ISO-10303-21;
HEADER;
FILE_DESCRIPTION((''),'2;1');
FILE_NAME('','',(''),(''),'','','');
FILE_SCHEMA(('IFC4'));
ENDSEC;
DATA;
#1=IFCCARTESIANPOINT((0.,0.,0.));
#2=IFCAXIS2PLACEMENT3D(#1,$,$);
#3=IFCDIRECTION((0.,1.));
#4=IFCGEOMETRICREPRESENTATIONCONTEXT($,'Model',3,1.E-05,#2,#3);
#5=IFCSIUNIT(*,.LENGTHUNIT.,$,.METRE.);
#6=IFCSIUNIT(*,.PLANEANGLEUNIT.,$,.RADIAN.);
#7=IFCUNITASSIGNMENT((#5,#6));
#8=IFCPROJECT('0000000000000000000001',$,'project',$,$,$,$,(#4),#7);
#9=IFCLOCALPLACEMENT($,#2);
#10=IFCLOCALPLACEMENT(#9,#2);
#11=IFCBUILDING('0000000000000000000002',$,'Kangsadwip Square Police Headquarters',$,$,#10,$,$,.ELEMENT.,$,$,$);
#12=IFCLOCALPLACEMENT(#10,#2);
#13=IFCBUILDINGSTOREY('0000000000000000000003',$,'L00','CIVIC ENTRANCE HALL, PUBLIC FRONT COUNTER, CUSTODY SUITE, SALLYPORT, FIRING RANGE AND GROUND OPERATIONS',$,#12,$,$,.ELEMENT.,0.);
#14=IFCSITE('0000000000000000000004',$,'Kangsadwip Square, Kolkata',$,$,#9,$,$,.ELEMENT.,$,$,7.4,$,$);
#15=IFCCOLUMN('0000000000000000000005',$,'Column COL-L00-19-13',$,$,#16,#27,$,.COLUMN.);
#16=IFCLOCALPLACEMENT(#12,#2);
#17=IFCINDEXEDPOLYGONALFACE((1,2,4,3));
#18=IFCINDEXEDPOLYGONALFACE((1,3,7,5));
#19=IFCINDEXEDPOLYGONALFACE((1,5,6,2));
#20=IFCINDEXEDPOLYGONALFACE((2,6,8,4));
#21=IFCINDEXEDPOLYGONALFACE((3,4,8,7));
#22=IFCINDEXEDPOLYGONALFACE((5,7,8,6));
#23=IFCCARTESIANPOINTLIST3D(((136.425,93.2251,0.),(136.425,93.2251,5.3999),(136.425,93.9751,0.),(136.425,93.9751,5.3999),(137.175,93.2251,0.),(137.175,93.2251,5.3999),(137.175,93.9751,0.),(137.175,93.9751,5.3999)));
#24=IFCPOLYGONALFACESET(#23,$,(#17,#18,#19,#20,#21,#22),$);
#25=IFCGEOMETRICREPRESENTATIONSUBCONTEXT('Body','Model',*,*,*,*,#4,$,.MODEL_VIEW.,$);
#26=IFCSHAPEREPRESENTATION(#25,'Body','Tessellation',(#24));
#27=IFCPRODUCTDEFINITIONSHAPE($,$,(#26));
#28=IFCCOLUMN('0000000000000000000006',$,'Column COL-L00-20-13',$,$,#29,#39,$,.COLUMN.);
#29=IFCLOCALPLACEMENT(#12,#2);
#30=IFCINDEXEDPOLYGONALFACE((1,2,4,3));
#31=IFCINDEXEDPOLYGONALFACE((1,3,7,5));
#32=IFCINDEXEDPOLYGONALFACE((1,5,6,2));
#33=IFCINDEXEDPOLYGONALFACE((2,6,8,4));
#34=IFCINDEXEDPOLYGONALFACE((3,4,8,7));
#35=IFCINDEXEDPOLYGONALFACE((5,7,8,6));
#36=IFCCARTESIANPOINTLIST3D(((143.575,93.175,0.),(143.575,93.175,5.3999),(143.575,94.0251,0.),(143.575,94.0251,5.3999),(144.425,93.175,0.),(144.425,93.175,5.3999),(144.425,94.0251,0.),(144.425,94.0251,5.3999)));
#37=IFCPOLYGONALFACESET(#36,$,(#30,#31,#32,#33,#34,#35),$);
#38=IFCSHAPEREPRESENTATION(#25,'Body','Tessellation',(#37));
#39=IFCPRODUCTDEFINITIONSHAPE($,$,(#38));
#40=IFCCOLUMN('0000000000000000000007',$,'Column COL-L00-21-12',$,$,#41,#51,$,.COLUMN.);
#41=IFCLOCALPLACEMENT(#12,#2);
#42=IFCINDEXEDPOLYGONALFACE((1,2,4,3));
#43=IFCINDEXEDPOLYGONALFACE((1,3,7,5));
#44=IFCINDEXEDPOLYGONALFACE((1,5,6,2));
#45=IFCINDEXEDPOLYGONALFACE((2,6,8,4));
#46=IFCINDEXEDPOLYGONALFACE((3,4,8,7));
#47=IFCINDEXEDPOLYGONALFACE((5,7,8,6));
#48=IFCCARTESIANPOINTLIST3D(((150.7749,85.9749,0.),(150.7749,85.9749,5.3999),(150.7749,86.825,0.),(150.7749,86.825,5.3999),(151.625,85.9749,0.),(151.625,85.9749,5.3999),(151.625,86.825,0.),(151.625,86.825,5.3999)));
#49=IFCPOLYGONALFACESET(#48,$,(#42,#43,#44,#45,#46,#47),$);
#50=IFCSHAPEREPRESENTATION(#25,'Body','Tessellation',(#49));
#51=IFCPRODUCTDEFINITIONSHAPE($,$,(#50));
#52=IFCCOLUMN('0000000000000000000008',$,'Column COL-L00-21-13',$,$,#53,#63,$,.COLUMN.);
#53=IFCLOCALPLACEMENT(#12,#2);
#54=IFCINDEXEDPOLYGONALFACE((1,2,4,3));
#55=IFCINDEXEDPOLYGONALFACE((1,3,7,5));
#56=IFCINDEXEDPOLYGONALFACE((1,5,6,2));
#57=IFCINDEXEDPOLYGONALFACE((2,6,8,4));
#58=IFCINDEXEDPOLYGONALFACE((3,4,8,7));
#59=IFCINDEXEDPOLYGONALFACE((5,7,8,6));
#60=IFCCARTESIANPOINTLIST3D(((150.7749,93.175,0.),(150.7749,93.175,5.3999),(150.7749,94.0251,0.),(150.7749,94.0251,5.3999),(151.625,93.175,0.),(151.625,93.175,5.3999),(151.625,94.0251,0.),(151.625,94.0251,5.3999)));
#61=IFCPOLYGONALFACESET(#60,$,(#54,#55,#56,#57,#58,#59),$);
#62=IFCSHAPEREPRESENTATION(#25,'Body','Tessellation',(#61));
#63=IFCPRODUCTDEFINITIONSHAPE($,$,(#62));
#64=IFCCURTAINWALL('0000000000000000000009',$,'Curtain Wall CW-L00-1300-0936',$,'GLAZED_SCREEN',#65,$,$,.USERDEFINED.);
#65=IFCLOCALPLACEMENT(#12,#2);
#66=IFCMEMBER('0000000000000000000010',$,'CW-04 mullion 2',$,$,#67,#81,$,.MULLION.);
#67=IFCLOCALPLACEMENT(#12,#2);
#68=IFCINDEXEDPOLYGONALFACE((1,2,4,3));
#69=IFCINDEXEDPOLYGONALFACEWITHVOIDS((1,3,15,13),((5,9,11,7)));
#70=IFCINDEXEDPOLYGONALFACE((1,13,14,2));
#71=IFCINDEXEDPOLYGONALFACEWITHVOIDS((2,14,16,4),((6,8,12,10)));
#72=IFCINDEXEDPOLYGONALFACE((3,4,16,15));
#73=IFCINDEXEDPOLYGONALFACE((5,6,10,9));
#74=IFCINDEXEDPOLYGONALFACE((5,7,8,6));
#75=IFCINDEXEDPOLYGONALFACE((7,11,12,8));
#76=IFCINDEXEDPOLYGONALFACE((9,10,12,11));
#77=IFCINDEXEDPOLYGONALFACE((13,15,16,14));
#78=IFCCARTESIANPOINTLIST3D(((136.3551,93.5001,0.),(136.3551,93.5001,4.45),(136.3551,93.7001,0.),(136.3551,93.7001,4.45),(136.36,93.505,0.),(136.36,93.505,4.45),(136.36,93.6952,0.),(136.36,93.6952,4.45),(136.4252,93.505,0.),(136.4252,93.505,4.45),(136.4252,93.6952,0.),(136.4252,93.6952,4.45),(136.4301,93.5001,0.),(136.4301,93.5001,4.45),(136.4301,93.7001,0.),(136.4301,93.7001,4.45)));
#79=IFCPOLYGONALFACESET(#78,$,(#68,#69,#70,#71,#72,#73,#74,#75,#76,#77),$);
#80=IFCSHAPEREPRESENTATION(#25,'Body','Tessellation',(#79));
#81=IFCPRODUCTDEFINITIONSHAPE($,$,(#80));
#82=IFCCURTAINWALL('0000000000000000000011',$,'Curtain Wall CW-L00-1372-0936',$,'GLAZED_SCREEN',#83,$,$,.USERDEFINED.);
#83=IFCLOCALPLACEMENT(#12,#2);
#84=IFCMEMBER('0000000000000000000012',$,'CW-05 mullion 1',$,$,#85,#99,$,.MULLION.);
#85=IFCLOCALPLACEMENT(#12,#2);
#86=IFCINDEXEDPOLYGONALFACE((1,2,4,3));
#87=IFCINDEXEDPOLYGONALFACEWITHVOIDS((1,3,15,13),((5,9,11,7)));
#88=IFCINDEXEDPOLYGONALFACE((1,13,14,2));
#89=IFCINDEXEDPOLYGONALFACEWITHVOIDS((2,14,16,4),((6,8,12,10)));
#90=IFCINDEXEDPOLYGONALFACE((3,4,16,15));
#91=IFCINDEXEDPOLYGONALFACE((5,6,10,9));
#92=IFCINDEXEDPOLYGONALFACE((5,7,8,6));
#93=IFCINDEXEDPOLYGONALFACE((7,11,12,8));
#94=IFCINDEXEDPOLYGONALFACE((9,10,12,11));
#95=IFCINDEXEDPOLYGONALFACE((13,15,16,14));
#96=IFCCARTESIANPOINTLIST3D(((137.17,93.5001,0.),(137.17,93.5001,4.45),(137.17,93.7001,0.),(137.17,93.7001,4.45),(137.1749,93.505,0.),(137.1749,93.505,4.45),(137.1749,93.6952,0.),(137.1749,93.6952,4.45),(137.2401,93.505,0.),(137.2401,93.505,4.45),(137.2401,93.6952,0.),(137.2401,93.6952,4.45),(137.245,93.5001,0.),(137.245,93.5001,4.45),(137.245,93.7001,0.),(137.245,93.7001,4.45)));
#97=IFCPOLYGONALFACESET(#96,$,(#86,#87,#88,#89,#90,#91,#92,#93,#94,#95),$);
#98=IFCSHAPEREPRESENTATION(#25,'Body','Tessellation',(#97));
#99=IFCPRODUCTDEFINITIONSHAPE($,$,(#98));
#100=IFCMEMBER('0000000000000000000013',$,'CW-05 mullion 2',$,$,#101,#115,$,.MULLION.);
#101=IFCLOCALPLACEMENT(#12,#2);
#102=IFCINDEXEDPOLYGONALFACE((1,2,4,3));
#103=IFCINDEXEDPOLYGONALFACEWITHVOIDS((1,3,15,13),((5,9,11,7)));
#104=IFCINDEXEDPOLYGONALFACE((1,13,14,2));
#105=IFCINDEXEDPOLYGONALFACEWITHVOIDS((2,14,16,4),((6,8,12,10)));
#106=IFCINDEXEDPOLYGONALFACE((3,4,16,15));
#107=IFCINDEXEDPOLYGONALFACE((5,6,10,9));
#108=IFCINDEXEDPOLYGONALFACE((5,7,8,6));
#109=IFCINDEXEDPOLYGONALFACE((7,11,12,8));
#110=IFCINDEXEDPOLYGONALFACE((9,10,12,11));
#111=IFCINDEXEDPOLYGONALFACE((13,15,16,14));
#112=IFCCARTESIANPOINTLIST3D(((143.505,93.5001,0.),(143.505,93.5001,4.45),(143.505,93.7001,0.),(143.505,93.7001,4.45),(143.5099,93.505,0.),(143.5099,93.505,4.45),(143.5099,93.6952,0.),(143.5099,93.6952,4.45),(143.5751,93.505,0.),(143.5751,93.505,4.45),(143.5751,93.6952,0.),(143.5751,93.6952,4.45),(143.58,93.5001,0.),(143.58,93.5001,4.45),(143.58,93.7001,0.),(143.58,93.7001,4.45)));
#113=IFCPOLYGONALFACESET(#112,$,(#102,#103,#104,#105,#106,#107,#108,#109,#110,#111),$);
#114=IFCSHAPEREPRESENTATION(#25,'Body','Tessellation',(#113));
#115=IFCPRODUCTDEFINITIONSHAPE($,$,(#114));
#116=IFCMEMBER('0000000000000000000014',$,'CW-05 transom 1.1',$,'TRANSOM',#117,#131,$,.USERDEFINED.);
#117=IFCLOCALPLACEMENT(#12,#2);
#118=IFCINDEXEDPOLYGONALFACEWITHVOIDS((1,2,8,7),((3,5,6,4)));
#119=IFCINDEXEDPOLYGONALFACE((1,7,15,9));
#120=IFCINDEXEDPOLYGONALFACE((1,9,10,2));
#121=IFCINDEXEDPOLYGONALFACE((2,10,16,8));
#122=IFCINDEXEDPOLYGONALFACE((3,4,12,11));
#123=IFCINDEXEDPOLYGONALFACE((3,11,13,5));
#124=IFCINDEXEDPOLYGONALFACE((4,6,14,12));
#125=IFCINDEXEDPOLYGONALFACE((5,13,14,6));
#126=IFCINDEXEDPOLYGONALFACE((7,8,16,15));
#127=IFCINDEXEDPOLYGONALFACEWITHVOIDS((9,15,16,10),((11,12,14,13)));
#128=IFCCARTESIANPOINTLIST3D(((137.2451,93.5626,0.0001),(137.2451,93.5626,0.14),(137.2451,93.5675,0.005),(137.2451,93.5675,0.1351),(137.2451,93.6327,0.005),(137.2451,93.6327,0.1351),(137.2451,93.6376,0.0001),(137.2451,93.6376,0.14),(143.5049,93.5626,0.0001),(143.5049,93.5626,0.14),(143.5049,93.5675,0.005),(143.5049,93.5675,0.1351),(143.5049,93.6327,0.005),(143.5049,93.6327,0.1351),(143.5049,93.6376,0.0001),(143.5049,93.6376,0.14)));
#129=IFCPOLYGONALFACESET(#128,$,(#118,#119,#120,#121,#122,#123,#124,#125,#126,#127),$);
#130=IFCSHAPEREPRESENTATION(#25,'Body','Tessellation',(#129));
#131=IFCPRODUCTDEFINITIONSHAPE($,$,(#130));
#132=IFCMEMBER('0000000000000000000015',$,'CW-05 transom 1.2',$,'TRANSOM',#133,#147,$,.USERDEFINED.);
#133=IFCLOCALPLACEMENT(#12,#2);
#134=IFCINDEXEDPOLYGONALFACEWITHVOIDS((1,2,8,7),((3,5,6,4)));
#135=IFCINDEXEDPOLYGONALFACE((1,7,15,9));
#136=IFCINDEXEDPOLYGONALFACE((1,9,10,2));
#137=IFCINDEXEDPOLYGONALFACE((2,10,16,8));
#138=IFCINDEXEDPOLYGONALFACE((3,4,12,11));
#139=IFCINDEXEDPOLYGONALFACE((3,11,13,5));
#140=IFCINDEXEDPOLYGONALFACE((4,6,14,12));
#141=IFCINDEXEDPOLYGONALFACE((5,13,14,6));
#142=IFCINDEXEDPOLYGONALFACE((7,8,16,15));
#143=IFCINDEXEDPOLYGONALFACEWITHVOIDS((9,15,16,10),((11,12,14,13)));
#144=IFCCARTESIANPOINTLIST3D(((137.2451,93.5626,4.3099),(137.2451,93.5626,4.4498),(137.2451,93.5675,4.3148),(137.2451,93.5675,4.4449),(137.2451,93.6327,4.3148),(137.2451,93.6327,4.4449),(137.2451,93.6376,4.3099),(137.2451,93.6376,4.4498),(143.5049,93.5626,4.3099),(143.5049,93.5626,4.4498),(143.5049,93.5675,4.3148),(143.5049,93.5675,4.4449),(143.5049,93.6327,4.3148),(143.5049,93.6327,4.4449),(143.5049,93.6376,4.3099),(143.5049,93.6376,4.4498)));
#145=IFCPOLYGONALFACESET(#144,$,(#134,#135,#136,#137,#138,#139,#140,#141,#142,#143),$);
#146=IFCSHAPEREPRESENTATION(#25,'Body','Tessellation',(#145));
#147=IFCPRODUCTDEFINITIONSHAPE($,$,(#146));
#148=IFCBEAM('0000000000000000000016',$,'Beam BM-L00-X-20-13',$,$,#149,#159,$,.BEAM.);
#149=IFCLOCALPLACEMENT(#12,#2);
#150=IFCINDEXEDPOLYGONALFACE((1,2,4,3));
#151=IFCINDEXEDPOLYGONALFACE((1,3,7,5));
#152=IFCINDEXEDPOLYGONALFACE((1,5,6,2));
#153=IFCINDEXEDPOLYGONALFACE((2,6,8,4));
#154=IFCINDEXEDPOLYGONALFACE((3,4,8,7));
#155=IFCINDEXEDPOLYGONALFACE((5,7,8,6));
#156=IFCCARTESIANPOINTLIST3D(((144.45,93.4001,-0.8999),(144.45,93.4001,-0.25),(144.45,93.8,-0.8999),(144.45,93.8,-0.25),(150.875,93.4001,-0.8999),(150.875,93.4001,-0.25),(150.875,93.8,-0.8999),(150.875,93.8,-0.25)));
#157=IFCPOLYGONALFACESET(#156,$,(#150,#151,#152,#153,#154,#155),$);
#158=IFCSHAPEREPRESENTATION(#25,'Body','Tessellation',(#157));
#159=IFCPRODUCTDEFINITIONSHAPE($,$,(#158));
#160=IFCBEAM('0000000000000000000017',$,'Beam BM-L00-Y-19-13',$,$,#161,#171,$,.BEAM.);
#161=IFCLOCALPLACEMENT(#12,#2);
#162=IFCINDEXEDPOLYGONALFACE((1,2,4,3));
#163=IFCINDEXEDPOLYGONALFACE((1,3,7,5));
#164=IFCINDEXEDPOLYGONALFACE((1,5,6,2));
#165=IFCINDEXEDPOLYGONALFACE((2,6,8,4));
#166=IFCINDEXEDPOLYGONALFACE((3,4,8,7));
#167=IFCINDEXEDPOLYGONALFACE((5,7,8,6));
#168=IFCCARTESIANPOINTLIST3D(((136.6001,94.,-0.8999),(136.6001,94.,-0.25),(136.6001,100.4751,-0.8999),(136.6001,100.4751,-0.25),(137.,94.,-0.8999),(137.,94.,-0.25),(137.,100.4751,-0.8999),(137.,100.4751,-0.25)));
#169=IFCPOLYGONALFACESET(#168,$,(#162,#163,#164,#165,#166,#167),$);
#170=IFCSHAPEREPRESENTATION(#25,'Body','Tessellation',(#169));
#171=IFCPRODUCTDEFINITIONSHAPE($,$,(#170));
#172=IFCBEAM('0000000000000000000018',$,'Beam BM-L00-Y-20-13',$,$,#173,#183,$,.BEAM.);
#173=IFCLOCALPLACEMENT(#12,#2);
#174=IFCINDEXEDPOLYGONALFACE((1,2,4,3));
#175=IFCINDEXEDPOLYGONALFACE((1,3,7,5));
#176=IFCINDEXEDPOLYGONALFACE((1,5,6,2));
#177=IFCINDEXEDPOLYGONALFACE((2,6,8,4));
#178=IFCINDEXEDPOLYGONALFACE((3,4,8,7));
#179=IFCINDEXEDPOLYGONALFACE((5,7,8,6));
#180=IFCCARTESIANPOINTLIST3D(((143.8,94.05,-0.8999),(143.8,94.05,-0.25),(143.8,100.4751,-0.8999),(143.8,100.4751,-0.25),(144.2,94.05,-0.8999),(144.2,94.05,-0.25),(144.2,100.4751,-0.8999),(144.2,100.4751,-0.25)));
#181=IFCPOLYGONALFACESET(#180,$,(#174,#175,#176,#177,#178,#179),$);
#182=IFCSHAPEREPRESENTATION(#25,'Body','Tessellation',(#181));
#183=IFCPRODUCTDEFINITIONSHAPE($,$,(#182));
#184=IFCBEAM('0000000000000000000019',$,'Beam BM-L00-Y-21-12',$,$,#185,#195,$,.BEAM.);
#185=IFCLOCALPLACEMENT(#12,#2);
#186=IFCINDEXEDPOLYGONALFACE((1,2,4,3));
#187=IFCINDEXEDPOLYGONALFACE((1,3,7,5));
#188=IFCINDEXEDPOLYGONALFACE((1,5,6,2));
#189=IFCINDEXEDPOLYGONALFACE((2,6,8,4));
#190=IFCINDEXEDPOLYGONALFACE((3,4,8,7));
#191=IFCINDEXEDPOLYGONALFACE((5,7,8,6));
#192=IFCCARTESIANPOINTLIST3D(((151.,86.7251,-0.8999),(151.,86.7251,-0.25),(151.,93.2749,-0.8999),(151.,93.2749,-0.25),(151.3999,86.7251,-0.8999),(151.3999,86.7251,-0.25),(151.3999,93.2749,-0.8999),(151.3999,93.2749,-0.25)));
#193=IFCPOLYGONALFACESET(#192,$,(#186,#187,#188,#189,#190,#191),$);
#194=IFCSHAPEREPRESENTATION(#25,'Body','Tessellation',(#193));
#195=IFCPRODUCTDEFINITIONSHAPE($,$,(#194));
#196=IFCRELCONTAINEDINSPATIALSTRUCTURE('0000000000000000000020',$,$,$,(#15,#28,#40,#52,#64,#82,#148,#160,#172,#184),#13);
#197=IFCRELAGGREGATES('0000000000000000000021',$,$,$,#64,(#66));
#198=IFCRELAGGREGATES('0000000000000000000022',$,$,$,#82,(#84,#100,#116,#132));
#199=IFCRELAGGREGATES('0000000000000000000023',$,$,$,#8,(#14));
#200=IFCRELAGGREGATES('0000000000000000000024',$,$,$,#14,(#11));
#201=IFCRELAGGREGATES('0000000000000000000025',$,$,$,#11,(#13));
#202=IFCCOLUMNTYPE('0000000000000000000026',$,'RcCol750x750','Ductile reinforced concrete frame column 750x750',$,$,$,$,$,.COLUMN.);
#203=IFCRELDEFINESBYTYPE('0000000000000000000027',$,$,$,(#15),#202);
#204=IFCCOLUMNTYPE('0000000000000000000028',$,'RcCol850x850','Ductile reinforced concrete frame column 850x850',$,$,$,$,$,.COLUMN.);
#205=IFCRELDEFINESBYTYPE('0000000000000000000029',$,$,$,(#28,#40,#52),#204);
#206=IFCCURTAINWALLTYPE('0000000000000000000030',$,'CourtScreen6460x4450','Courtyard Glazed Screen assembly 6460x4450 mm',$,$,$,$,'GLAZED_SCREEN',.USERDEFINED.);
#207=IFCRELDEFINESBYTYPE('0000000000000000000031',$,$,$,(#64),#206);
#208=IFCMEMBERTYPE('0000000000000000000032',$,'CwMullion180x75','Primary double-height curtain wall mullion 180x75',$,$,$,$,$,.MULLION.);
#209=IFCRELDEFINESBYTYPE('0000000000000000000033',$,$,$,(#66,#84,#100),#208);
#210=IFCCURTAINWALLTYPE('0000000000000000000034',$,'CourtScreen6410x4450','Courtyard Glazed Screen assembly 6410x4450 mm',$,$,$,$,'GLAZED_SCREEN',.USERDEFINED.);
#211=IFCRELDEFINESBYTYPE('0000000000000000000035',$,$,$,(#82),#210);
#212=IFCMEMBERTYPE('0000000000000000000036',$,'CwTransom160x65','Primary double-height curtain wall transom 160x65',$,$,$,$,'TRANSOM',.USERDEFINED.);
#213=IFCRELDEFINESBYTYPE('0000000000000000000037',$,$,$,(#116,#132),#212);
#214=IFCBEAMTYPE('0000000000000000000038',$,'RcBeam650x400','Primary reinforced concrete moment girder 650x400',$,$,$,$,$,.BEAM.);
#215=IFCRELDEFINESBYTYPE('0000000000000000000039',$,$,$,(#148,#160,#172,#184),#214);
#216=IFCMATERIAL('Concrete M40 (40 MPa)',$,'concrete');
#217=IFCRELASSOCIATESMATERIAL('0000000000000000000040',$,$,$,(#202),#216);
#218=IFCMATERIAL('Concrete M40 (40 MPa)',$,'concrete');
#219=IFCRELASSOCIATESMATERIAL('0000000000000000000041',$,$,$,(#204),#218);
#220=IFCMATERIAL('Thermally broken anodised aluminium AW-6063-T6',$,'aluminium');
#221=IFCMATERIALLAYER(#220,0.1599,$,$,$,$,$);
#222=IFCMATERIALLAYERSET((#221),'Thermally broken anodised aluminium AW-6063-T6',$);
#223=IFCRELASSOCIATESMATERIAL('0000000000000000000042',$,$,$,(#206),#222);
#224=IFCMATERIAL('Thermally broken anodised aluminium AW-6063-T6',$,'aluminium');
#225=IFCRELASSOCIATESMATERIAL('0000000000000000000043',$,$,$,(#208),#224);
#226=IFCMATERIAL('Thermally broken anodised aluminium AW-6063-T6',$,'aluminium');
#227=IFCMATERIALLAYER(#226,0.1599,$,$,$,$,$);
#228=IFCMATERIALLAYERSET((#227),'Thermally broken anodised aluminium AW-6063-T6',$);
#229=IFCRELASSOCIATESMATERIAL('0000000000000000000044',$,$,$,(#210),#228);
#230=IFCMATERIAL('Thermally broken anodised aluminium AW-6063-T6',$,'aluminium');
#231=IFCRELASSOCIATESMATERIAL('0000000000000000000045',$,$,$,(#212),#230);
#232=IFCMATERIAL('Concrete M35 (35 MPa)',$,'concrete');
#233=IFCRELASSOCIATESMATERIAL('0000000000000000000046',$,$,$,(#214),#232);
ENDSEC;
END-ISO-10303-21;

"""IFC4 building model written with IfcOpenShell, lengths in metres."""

from ifc_helpers import new_model, si_unit, direction, frame, origin, origin_2d, place, context, subcontext, project, spatial, rectangle, hollow_rectangle, extrude, material, layer, layer_set, material_profile, profile_set, type_object, element, aggregate, save


model = new_model("IFC4")

# Units and contexts
model_context = context("Model", 3, precision=1e-05, world=origin(), true_north=direction((0.0, 1.0)))
body_context = subcontext(model_context, "Body", "Model", "MODEL_VIEW")
ifc_project = project(units=[si_unit("LENGTHUNIT", "METRE"), si_unit("PLANEANGLEUNIT", "RADIAN")], contexts=[model_context])

# Site, building, storey
site_placement = place(None, origin())
site = spatial("IfcSite", under=ifc_project, at=site_placement, Name="Kangsadwip Square, Kolkata", CompositionType="ELEMENT", RefElevation=7.4)
building_placement = place(site_placement, origin())
building = spatial("IfcBuilding", under=site, at=building_placement, Name="Kangsadwip Square Police Headquarters", CompositionType="ELEMENT")
storey_placement = place(building_placement, origin())
storey = spatial("IfcBuildingStorey", under=building, at=storey_placement, Name="L00", Description="CIVIC ENTRANCE HALL, PUBLIC FRONT COUNTER, CUSTODY SUITE, SALLYPORT, FIRING RANGE AND GROUND OPERATIONS", CompositionType="ELEMENT", Elevation=0.0)

# Columns
ifc_material_1 = material(Name="Concrete M40 (40 MPa)", Category="concrete")
ifc_material_profile_1 = material_profile(ifc_material_1, rectangle(XDim=0.75, YDim=0.75, at=origin_2d()), Name="RC COL 750X750")
ifc_profile_set_1 = profile_set([ifc_material_profile_1], Name="Concrete M40 (40 MPa)")
column_type_1 = type_object("IfcColumnType", Name="RcCol750x750", Description="Ductile reinforced concrete frame column 750x750", PredefinedType="COLUMN", material=ifc_profile_set_1)
column_placement = place(storey_placement, frame((136.8, 93.6001, 0.0), z_axis=(0.0, 0.0, 1.0), x_axis=(1.0, 0.0, 0.0)))
element("IfcColumn", 1, at=column_placement, inside=storey, type_object=column_type_1, Name="Column COL-L00-19-13", PredefinedType="COLUMN", context=body_context, shape_type="SweptSolid", body=[
    extrude(rectangle(XDim=0.75, YDim=0.75, at=origin_2d()), origin(), (0.0, 0.0, 1.0), 5.3999),
])
ifc_material_2 = material(Name="Concrete M40 (40 MPa)", Category="concrete")
ifc_material_profile_2 = material_profile(ifc_material_2, rectangle(XDim=0.8501, YDim=0.8501, at=origin_2d()), Name="RC COL 850X850")
ifc_profile_set_2 = profile_set([ifc_material_profile_2], Name="Concrete M40 (40 MPa)")
column_type_2 = type_object("IfcColumnType", Name="RcCol850x850", Description="Ductile reinforced concrete frame column 850x850", PredefinedType="COLUMN", material=ifc_profile_set_2)
for number, where, z_axis, x_axis, name in (
    (2, (144.0, 93.6001, 0.0), (0.0, 0.0, 1.0), (1.0, 0.0, 0.0), "Column COL-L00-20-13"),
    (3, (151.2, 86.3999, 0.0), (0.0, 0.0, 1.0), (1.0, 0.0, 0.0), "Column COL-L00-21-12"),
    (4, (151.2, 93.6001, 0.0), (0.0, 0.0, 1.0), (1.0, 0.0, 0.0), "Column COL-L00-21-13"),
):
    element("IfcColumn", number, at=place(storey_placement, frame(where, z_axis=z_axis, x_axis=x_axis)), inside=storey, type_object=column_type_2, Name=name, PredefinedType="COLUMN", context=body_context, shape_type="SweptSolid", body=[
        extrude(rectangle(XDim=0.8501, YDim=0.8501, at=origin_2d()), origin(), (0.0, 0.0, 1.0), 5.3999),
    ])

# Curtain wall, member
ifc_material_3 = material(Name="Thermally broken anodised aluminium AW-6063-T6", Category="aluminium")
ifc_layer_1 = layer(ifc_material_3, 0.1599)
ifc_layer_set_1 = layer_set([ifc_layer_1], Name="Thermally broken anodised aluminium AW-6063-T6")
curtain_wall_type_1 = type_object("IfcCurtainWallType", Name="CourtScreen6460x4450", Description="Courtyard Glazed Screen assembly 6460x4450 mm", ElementType="GLAZED_SCREEN", PredefinedType="USERDEFINED", material=ifc_layer_set_1)
curtain_wall_1_placement = place(storey_placement, origin())
curtain_wall_1 = element("IfcCurtainWall", 5, at=curtain_wall_1_placement, inside=storey, type_object=curtain_wall_type_1, Name="Curtain Wall CW-L00-1300-0936", ObjectType="GLAZED_SCREEN", PredefinedType="USERDEFINED")
ifc_material_4 = material(Name="Thermally broken anodised aluminium AW-6063-T6", Category="aluminium")
ifc_material_profile_3 = material_profile(ifc_material_4, hollow_rectangle(XDim=0.075, YDim=0.2, WallThickness=0.0049, at=origin_2d()), Name="CWM 200X75X5")
ifc_profile_set_3 = profile_set([ifc_material_profile_3], Name="Thermally broken anodised aluminium AW-6063-T6")
member_type_1 = type_object("IfcMemberType", Name="CwMullion180x75", Description="Primary double-height curtain wall mullion 180x75", PredefinedType="MULLION", material=ifc_profile_set_3)
member_1_placement = place(storey_placement, frame((136.3926, 93.6001, 0.0), z_axis=(0.0, 0.0, 1.0), x_axis=(1.0, 0.0, 0.0)))
member_1 = element("IfcMember", 6, at=member_1_placement, type_object=member_type_1, Name="CW-04 mullion 2", PredefinedType="MULLION", context=body_context, shape_type="SweptSolid", body=[
    extrude(hollow_rectangle(XDim=0.075, YDim=0.2, WallThickness=0.0049, at=origin_2d()), origin(), (0.0, 0.0, 1.0), 4.45),
])
aggregate(curtain_wall_1, [member_1])

# Curtain wall, members
ifc_material_5 = material(Name="Thermally broken anodised aluminium AW-6063-T6", Category="aluminium")
ifc_layer_2 = layer(ifc_material_5, 0.1599)
ifc_layer_set_2 = layer_set([ifc_layer_2], Name="Thermally broken anodised aluminium AW-6063-T6")
curtain_wall_type_2 = type_object("IfcCurtainWallType", Name="CourtScreen6410x4450", Description="Courtyard Glazed Screen assembly 6410x4450 mm", ElementType="GLAZED_SCREEN", PredefinedType="USERDEFINED", material=ifc_layer_set_2)
curtain_wall_2_placement = place(storey_placement, origin())
curtain_wall_2 = element("IfcCurtainWall", 7, at=curtain_wall_2_placement, inside=storey, type_object=curtain_wall_type_2, Name="Curtain Wall CW-L00-1372-0936", ObjectType="GLAZED_SCREEN", PredefinedType="USERDEFINED")
member_2_placement = place(storey_placement, frame((137.2075, 93.6001, 0.0), z_axis=(0.0, 0.0, 1.0), x_axis=(1.0, 0.0, 0.0)))
member_2 = element("IfcMember", 8, at=member_2_placement, type_object=member_type_1, Name="CW-05 mullion 1", PredefinedType="MULLION", context=body_context, shape_type="SweptSolid", body=[
    extrude(hollow_rectangle(XDim=0.075, YDim=0.2, WallThickness=0.0049, at=origin_2d()), origin(), (0.0, 0.0, 1.0), 4.45),
])
member_3_placement = place(storey_placement, frame((143.5425, 93.6001, 0.0), z_axis=(0.0, 0.0, 1.0), x_axis=(1.0, 0.0, 0.0)))
member_3 = element("IfcMember", 9, at=member_3_placement, type_object=member_type_1, Name="CW-05 mullion 2", PredefinedType="MULLION", context=body_context, shape_type="SweptSolid", body=[
    extrude(hollow_rectangle(XDim=0.075, YDim=0.2, WallThickness=0.0049, at=origin_2d()), origin(), (0.0, 0.0, 1.0), 4.45),
])
ifc_material_6 = material(Name="Thermally broken anodised aluminium AW-6063-T6", Category="aluminium")
ifc_material_profile_4 = material_profile(ifc_material_6, hollow_rectangle(XDim=0.075, YDim=0.1399, WallThickness=0.0049, at=origin_2d()), Name="CWT 140X75X5")
ifc_profile_set_4 = profile_set([ifc_material_profile_4], Name="Thermally broken anodised aluminium AW-6063-T6")
member_type_2 = type_object("IfcMemberType", Name="CwTransom160x65", Description="Primary double-height curtain wall transom 160x65", ElementType="TRANSOM", PredefinedType="USERDEFINED", material=ifc_profile_set_4)
member_4_placement = place(storey_placement, frame((137.2451, 93.6001, 0.0701), z_axis=(1.0, 0.0, 0.0), x_axis=(0.0, 1.0, 0.0)))
member_4 = element("IfcMember", 10, at=member_4_placement, type_object=member_type_2, Name="CW-05 transom 1.1", ObjectType="TRANSOM", PredefinedType="USERDEFINED", context=body_context, shape_type="SweptSolid", body=[
    extrude(hollow_rectangle(XDim=0.075, YDim=0.1399, WallThickness=0.0049, at=origin_2d()), origin(), (0.0, 0.0, 1.0), 6.2598),
])
member_5_placement = place(storey_placement, frame((137.2451, 93.6001, 4.3799), z_axis=(1.0, 0.0, 0.0), x_axis=(0.0, 1.0, 0.0)))
member_5 = element("IfcMember", 11, at=member_5_placement, type_object=member_type_2, Name="CW-05 transom 1.2", ObjectType="TRANSOM", PredefinedType="USERDEFINED", context=body_context, shape_type="SweptSolid", body=[
    extrude(hollow_rectangle(XDim=0.075, YDim=0.1399, WallThickness=0.0049, at=origin_2d()), origin(), (0.0, 0.0, 1.0), 6.2598),
])

# Beams
ifc_material_7 = material(Name="Concrete M35 (35 MPa)", Category="concrete")
ifc_material_profile_5 = material_profile(ifc_material_7, rectangle(XDim=0.3999, YDim=0.6499, at=origin_2d()), Name="RC BM 650X400")
ifc_profile_set_5 = profile_set([ifc_material_profile_5], Name="Concrete M35 (35 MPa)")
beam_type_1 = type_object("IfcBeamType", Name="RcBeam650x400", Description="Primary reinforced concrete moment girder 650x400", PredefinedType="BEAM", material=ifc_profile_set_5)
beam_1_placement = place(storey_placement, frame((144.45, 93.6001, -0.575), z_axis=(1.0, 0.0, 0.0), x_axis=(0.0, 1.0, 0.0)))
element("IfcBeam", 12, at=beam_1_placement, inside=storey, type_object=beam_type_1, Name="Beam BM-L00-X-20-13", PredefinedType="BEAM", context=body_context, shape_type="SweptSolid", body=[
    extrude(rectangle(XDim=0.3999, YDim=0.6499, at=origin_2d()), origin(), (0.0, 0.0, 1.0), 6.425),
])
beam_2_placement = place(storey_placement, frame((136.8, 94.0, -0.575), z_axis=(0.0, 1.0, 0.0), x_axis=(-1.0, 0.0, 0.0)))
element("IfcBeam", 13, at=beam_2_placement, inside=storey, type_object=beam_type_1, Name="Beam BM-L00-Y-19-13", PredefinedType="BEAM", context=body_context, shape_type="SweptSolid", body=[
    extrude(rectangle(XDim=0.3999, YDim=0.6499, at=origin_2d()), origin(), (0.0, 0.0, 1.0), 6.4751),
])
beam_3_placement = place(storey_placement, frame((144.0, 94.05, -0.575), z_axis=(0.0, 1.0, 0.0), x_axis=(-1.0, 0.0, 0.0)))
element("IfcBeam", 14, at=beam_3_placement, inside=storey, type_object=beam_type_1, Name="Beam BM-L00-Y-20-13", PredefinedType="BEAM", context=body_context, shape_type="SweptSolid", body=[
    extrude(rectangle(XDim=0.3999, YDim=0.6499, at=origin_2d()), origin(), (0.0, 0.0, 1.0), 6.425),
])
beam_4_placement = place(storey_placement, frame((151.2, 86.7251, -0.575), z_axis=(0.0, 1.0, 0.0), x_axis=(-1.0, 0.0, 0.0)))
element("IfcBeam", 15, at=beam_4_placement, inside=storey, type_object=beam_type_1, Name="Beam BM-L00-Y-21-12", PredefinedType="BEAM", context=body_context, shape_type="SweptSolid", body=[
    extrude(rectangle(XDim=0.3999, YDim=0.6499, at=origin_2d()), origin(), (0.0, 0.0, 1.0), 6.5498),
])

aggregate(curtain_wall_2, [member_2, member_3, member_4, member_5])

save(model, "model.ifc")
